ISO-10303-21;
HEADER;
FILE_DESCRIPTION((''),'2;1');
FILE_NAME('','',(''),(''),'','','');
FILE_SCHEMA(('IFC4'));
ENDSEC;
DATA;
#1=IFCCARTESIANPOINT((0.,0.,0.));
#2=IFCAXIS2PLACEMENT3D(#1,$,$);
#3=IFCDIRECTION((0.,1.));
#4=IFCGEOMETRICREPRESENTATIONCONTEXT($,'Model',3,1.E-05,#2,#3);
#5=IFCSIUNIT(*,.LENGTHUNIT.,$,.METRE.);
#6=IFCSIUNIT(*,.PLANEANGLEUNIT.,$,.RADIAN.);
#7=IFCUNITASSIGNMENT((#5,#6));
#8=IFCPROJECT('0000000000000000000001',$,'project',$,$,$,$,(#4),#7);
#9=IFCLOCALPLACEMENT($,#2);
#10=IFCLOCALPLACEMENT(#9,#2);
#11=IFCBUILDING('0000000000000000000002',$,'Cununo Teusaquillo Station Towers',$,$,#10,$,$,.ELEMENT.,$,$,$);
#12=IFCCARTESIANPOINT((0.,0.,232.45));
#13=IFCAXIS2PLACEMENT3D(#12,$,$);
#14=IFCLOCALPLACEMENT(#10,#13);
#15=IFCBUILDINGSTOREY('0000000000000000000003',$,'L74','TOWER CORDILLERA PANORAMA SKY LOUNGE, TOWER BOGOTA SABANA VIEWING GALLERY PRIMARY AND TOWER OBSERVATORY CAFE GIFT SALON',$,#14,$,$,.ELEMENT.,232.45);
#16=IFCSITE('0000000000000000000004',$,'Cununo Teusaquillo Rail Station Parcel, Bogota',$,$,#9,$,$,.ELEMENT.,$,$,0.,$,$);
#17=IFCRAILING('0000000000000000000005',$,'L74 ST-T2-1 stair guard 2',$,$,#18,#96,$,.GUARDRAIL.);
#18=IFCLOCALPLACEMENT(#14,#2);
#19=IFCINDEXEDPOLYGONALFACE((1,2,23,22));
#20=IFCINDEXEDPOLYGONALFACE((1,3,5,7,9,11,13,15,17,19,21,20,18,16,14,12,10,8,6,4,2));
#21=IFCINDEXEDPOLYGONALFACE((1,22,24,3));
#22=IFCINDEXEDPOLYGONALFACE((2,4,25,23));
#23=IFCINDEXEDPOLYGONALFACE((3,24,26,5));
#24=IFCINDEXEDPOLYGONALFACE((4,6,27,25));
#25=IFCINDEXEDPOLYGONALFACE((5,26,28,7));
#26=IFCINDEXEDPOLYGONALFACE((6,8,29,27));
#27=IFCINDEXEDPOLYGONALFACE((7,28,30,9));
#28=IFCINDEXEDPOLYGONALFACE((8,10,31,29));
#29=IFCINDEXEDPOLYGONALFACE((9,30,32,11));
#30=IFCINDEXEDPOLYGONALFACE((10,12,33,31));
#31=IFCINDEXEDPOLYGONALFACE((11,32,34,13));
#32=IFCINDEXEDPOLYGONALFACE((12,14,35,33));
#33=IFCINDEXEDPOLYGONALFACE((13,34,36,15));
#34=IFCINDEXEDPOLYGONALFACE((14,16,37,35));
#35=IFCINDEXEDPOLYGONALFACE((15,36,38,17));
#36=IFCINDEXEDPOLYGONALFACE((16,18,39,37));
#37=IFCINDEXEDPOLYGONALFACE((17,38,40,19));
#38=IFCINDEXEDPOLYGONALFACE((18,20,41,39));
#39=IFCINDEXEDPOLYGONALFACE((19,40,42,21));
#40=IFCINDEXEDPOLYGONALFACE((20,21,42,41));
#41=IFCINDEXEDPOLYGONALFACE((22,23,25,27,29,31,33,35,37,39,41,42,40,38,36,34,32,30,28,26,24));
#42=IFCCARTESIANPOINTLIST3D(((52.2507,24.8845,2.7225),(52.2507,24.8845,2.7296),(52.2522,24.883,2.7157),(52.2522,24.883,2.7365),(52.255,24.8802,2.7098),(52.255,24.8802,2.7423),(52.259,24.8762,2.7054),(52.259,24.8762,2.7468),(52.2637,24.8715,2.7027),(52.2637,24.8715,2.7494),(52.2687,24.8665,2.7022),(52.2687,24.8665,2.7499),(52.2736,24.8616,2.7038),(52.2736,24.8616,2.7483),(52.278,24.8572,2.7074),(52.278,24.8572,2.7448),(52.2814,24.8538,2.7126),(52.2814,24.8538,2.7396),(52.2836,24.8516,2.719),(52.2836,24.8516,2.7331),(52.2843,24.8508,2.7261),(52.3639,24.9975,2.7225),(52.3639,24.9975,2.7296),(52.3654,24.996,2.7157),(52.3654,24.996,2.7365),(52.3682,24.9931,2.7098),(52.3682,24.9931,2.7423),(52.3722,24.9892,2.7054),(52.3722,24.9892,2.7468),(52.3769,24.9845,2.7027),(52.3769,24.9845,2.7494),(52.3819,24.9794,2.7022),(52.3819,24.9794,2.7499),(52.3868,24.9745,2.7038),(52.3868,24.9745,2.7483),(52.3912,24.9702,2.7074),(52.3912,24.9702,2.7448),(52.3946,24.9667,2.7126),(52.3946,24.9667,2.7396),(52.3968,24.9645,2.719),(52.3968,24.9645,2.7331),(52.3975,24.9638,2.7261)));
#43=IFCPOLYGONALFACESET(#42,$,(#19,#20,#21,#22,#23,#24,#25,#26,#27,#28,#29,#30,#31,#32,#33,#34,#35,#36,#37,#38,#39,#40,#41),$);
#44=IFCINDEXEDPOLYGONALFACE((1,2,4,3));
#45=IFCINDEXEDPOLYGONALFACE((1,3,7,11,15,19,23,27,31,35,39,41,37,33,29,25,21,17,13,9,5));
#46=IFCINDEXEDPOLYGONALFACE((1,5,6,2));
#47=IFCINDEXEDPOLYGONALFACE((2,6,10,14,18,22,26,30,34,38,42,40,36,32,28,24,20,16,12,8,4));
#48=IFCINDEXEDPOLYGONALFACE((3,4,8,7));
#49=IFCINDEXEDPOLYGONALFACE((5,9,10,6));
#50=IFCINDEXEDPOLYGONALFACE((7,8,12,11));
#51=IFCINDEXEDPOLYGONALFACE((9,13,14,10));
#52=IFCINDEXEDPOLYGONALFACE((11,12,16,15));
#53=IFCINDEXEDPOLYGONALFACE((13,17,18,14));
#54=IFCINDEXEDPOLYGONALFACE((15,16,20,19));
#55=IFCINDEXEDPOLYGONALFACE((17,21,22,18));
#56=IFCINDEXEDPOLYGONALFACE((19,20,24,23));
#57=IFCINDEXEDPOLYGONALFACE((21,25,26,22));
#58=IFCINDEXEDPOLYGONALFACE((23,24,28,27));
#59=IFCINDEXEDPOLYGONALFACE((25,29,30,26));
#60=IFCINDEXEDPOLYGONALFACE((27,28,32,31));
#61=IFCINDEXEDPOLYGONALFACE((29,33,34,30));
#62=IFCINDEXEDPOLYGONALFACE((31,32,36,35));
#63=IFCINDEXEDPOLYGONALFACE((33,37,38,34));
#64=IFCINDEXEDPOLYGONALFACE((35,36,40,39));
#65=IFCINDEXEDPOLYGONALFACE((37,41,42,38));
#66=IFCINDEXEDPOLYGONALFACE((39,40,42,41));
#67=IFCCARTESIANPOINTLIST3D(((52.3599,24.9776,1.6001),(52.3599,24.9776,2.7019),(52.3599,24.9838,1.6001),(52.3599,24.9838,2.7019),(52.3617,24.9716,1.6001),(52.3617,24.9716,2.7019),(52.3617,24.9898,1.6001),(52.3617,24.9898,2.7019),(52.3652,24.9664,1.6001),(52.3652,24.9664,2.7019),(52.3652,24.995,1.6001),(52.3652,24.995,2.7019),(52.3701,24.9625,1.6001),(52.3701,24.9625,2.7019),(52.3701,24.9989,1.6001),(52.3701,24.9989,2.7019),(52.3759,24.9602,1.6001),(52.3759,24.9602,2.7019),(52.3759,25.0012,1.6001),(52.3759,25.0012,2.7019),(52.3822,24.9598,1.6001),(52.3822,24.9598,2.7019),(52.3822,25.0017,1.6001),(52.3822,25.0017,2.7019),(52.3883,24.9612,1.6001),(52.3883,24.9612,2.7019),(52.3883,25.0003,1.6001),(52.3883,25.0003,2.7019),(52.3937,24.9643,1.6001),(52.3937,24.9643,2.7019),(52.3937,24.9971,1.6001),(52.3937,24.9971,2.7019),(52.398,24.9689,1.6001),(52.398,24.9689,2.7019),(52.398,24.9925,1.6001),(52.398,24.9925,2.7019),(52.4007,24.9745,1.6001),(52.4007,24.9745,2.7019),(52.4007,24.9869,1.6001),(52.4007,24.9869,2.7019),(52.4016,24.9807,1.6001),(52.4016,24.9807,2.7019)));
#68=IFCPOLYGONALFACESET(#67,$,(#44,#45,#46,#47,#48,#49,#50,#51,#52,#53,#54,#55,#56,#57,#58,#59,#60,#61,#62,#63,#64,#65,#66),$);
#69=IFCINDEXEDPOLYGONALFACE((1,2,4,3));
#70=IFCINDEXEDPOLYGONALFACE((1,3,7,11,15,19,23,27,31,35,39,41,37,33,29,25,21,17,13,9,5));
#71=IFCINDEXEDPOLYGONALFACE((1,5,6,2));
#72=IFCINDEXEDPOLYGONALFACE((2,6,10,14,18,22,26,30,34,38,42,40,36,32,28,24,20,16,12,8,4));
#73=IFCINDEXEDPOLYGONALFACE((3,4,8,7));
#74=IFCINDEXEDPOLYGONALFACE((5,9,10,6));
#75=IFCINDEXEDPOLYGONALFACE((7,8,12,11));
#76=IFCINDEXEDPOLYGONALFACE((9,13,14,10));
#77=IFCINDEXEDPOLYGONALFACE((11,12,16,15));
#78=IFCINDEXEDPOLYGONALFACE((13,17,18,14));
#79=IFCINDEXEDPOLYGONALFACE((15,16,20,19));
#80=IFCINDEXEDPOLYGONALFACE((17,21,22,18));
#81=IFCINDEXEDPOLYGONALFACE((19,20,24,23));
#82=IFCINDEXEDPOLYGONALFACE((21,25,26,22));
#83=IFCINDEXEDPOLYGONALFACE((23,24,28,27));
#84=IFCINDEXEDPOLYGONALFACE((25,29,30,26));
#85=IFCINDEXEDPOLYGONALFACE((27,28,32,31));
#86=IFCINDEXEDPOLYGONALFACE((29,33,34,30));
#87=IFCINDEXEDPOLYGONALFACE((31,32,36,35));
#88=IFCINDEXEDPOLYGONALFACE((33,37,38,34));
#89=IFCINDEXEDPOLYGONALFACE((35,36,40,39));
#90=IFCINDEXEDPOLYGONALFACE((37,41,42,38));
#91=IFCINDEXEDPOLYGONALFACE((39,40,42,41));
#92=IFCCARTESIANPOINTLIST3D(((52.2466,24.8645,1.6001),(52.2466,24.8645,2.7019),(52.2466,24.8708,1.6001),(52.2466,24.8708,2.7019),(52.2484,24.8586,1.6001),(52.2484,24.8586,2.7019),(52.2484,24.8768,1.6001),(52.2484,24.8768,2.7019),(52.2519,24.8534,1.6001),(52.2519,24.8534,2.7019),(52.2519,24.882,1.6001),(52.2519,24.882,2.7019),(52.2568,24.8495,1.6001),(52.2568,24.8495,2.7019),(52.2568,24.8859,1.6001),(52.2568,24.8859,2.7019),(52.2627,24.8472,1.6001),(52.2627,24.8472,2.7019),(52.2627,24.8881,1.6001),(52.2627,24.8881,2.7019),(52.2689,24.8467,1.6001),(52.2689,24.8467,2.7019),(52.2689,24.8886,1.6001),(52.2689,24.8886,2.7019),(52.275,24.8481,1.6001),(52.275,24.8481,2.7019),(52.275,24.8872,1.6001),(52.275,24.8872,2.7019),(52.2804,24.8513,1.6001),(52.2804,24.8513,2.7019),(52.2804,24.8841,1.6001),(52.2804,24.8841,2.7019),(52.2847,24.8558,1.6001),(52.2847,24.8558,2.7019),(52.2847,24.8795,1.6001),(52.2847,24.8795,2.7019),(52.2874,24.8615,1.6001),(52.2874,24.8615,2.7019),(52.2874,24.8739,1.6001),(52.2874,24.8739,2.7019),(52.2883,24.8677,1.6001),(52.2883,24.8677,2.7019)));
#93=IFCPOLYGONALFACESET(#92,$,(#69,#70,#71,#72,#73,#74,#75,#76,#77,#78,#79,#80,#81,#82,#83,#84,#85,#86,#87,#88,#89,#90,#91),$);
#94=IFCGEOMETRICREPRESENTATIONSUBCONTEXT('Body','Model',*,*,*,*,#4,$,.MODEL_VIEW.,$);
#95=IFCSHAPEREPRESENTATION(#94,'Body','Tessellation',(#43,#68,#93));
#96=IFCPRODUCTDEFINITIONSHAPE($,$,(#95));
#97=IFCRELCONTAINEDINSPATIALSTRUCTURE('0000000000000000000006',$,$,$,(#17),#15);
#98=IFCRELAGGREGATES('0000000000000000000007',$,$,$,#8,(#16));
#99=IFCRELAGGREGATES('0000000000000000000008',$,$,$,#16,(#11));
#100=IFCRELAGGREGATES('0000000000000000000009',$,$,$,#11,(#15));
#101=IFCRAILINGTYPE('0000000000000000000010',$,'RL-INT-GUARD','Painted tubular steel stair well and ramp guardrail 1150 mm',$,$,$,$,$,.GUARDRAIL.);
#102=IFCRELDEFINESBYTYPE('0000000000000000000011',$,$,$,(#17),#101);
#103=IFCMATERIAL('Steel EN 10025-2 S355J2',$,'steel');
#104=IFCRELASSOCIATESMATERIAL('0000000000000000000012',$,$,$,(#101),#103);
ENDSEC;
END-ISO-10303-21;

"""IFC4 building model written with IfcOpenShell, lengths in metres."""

from ifc_helpers import new_model, si_unit, direction, frame, origin, origin_2d, place, context, subcontext, project, spatial, circle, extrude, material, type_object, element, save


model = new_model("IFC4")

# Units and contexts
model_context = context("Model", 3, precision=1e-05, world=origin(), true_north=direction((0.0, 1.0)))
body_context = subcontext(model_context, "Body", "Model", "MODEL_VIEW")
ifc_project = project(units=[si_unit("LENGTHUNIT", "METRE"), si_unit("PLANEANGLEUNIT", "RADIAN")], contexts=[model_context])

# Site, building, storey
site_placement = place(None, origin())
site = spatial("IfcSite", under=ifc_project, at=site_placement, Name="Cununo Teusaquillo Rail Station Parcel, Bogota", CompositionType="ELEMENT", RefElevation=0.0)
building_placement = place(site_placement, origin())
building = spatial("IfcBuilding", under=site, at=building_placement, Name="Cununo Teusaquillo Station Towers", CompositionType="ELEMENT")
storey_placement = place(building_placement, frame((0.0, 0.0, 232.45)))
storey = spatial("IfcBuildingStorey", under=building, at=storey_placement, Name="L74", Description="TOWER CORDILLERA PANORAMA SKY LOUNGE, TOWER BOGOTA SABANA VIEWING GALLERY PRIMARY AND TOWER OBSERVATORY CAFE GIFT SALON", CompositionType="ELEMENT", Elevation=232.45)

# Railing
ifc_material_1 = material(Name="Steel EN 10025-2 S355J2", Category="steel")
railing_type = type_object("IfcRailingType", Name="RL-INT-GUARD", Description="Painted tubular steel stair well and ramp guardrail 1150 mm", PredefinedType="GUARDRAIL", material=ifc_material_1)
railing_1_placement = place(storey_placement, frame((52.3806, 24.9807, 1.6001)))
element("IfcRailing", 1, at=railing_1_placement, inside=storey, type_object=railing_type, Name="L74 ST-T2-1 stair guard 2", PredefinedType="GUARDRAIL", context=body_context, shape_type="SweptSolid", body=[
    extrude(circle(Radius=0.0239, at=origin_2d()), frame((0.0, 0.0, 1.126), z_axis=(-0.707869, -0.706344, 0.0), x_axis=(0.706344, -0.707869, 0.0)), (0.0, 0.0, 1.0), 0.1599),
    extrude(circle(Radius=0.021, at=origin_2d()), origin(), (0.0, 0.0, 1.0), 1.1018),
    extrude(circle(Radius=0.021, at=origin_2d()), frame((-0.1133, -0.113, 0.0)), (0.0, 0.0, 1.0), 1.1018),
])

save(model, "model.ifc")
